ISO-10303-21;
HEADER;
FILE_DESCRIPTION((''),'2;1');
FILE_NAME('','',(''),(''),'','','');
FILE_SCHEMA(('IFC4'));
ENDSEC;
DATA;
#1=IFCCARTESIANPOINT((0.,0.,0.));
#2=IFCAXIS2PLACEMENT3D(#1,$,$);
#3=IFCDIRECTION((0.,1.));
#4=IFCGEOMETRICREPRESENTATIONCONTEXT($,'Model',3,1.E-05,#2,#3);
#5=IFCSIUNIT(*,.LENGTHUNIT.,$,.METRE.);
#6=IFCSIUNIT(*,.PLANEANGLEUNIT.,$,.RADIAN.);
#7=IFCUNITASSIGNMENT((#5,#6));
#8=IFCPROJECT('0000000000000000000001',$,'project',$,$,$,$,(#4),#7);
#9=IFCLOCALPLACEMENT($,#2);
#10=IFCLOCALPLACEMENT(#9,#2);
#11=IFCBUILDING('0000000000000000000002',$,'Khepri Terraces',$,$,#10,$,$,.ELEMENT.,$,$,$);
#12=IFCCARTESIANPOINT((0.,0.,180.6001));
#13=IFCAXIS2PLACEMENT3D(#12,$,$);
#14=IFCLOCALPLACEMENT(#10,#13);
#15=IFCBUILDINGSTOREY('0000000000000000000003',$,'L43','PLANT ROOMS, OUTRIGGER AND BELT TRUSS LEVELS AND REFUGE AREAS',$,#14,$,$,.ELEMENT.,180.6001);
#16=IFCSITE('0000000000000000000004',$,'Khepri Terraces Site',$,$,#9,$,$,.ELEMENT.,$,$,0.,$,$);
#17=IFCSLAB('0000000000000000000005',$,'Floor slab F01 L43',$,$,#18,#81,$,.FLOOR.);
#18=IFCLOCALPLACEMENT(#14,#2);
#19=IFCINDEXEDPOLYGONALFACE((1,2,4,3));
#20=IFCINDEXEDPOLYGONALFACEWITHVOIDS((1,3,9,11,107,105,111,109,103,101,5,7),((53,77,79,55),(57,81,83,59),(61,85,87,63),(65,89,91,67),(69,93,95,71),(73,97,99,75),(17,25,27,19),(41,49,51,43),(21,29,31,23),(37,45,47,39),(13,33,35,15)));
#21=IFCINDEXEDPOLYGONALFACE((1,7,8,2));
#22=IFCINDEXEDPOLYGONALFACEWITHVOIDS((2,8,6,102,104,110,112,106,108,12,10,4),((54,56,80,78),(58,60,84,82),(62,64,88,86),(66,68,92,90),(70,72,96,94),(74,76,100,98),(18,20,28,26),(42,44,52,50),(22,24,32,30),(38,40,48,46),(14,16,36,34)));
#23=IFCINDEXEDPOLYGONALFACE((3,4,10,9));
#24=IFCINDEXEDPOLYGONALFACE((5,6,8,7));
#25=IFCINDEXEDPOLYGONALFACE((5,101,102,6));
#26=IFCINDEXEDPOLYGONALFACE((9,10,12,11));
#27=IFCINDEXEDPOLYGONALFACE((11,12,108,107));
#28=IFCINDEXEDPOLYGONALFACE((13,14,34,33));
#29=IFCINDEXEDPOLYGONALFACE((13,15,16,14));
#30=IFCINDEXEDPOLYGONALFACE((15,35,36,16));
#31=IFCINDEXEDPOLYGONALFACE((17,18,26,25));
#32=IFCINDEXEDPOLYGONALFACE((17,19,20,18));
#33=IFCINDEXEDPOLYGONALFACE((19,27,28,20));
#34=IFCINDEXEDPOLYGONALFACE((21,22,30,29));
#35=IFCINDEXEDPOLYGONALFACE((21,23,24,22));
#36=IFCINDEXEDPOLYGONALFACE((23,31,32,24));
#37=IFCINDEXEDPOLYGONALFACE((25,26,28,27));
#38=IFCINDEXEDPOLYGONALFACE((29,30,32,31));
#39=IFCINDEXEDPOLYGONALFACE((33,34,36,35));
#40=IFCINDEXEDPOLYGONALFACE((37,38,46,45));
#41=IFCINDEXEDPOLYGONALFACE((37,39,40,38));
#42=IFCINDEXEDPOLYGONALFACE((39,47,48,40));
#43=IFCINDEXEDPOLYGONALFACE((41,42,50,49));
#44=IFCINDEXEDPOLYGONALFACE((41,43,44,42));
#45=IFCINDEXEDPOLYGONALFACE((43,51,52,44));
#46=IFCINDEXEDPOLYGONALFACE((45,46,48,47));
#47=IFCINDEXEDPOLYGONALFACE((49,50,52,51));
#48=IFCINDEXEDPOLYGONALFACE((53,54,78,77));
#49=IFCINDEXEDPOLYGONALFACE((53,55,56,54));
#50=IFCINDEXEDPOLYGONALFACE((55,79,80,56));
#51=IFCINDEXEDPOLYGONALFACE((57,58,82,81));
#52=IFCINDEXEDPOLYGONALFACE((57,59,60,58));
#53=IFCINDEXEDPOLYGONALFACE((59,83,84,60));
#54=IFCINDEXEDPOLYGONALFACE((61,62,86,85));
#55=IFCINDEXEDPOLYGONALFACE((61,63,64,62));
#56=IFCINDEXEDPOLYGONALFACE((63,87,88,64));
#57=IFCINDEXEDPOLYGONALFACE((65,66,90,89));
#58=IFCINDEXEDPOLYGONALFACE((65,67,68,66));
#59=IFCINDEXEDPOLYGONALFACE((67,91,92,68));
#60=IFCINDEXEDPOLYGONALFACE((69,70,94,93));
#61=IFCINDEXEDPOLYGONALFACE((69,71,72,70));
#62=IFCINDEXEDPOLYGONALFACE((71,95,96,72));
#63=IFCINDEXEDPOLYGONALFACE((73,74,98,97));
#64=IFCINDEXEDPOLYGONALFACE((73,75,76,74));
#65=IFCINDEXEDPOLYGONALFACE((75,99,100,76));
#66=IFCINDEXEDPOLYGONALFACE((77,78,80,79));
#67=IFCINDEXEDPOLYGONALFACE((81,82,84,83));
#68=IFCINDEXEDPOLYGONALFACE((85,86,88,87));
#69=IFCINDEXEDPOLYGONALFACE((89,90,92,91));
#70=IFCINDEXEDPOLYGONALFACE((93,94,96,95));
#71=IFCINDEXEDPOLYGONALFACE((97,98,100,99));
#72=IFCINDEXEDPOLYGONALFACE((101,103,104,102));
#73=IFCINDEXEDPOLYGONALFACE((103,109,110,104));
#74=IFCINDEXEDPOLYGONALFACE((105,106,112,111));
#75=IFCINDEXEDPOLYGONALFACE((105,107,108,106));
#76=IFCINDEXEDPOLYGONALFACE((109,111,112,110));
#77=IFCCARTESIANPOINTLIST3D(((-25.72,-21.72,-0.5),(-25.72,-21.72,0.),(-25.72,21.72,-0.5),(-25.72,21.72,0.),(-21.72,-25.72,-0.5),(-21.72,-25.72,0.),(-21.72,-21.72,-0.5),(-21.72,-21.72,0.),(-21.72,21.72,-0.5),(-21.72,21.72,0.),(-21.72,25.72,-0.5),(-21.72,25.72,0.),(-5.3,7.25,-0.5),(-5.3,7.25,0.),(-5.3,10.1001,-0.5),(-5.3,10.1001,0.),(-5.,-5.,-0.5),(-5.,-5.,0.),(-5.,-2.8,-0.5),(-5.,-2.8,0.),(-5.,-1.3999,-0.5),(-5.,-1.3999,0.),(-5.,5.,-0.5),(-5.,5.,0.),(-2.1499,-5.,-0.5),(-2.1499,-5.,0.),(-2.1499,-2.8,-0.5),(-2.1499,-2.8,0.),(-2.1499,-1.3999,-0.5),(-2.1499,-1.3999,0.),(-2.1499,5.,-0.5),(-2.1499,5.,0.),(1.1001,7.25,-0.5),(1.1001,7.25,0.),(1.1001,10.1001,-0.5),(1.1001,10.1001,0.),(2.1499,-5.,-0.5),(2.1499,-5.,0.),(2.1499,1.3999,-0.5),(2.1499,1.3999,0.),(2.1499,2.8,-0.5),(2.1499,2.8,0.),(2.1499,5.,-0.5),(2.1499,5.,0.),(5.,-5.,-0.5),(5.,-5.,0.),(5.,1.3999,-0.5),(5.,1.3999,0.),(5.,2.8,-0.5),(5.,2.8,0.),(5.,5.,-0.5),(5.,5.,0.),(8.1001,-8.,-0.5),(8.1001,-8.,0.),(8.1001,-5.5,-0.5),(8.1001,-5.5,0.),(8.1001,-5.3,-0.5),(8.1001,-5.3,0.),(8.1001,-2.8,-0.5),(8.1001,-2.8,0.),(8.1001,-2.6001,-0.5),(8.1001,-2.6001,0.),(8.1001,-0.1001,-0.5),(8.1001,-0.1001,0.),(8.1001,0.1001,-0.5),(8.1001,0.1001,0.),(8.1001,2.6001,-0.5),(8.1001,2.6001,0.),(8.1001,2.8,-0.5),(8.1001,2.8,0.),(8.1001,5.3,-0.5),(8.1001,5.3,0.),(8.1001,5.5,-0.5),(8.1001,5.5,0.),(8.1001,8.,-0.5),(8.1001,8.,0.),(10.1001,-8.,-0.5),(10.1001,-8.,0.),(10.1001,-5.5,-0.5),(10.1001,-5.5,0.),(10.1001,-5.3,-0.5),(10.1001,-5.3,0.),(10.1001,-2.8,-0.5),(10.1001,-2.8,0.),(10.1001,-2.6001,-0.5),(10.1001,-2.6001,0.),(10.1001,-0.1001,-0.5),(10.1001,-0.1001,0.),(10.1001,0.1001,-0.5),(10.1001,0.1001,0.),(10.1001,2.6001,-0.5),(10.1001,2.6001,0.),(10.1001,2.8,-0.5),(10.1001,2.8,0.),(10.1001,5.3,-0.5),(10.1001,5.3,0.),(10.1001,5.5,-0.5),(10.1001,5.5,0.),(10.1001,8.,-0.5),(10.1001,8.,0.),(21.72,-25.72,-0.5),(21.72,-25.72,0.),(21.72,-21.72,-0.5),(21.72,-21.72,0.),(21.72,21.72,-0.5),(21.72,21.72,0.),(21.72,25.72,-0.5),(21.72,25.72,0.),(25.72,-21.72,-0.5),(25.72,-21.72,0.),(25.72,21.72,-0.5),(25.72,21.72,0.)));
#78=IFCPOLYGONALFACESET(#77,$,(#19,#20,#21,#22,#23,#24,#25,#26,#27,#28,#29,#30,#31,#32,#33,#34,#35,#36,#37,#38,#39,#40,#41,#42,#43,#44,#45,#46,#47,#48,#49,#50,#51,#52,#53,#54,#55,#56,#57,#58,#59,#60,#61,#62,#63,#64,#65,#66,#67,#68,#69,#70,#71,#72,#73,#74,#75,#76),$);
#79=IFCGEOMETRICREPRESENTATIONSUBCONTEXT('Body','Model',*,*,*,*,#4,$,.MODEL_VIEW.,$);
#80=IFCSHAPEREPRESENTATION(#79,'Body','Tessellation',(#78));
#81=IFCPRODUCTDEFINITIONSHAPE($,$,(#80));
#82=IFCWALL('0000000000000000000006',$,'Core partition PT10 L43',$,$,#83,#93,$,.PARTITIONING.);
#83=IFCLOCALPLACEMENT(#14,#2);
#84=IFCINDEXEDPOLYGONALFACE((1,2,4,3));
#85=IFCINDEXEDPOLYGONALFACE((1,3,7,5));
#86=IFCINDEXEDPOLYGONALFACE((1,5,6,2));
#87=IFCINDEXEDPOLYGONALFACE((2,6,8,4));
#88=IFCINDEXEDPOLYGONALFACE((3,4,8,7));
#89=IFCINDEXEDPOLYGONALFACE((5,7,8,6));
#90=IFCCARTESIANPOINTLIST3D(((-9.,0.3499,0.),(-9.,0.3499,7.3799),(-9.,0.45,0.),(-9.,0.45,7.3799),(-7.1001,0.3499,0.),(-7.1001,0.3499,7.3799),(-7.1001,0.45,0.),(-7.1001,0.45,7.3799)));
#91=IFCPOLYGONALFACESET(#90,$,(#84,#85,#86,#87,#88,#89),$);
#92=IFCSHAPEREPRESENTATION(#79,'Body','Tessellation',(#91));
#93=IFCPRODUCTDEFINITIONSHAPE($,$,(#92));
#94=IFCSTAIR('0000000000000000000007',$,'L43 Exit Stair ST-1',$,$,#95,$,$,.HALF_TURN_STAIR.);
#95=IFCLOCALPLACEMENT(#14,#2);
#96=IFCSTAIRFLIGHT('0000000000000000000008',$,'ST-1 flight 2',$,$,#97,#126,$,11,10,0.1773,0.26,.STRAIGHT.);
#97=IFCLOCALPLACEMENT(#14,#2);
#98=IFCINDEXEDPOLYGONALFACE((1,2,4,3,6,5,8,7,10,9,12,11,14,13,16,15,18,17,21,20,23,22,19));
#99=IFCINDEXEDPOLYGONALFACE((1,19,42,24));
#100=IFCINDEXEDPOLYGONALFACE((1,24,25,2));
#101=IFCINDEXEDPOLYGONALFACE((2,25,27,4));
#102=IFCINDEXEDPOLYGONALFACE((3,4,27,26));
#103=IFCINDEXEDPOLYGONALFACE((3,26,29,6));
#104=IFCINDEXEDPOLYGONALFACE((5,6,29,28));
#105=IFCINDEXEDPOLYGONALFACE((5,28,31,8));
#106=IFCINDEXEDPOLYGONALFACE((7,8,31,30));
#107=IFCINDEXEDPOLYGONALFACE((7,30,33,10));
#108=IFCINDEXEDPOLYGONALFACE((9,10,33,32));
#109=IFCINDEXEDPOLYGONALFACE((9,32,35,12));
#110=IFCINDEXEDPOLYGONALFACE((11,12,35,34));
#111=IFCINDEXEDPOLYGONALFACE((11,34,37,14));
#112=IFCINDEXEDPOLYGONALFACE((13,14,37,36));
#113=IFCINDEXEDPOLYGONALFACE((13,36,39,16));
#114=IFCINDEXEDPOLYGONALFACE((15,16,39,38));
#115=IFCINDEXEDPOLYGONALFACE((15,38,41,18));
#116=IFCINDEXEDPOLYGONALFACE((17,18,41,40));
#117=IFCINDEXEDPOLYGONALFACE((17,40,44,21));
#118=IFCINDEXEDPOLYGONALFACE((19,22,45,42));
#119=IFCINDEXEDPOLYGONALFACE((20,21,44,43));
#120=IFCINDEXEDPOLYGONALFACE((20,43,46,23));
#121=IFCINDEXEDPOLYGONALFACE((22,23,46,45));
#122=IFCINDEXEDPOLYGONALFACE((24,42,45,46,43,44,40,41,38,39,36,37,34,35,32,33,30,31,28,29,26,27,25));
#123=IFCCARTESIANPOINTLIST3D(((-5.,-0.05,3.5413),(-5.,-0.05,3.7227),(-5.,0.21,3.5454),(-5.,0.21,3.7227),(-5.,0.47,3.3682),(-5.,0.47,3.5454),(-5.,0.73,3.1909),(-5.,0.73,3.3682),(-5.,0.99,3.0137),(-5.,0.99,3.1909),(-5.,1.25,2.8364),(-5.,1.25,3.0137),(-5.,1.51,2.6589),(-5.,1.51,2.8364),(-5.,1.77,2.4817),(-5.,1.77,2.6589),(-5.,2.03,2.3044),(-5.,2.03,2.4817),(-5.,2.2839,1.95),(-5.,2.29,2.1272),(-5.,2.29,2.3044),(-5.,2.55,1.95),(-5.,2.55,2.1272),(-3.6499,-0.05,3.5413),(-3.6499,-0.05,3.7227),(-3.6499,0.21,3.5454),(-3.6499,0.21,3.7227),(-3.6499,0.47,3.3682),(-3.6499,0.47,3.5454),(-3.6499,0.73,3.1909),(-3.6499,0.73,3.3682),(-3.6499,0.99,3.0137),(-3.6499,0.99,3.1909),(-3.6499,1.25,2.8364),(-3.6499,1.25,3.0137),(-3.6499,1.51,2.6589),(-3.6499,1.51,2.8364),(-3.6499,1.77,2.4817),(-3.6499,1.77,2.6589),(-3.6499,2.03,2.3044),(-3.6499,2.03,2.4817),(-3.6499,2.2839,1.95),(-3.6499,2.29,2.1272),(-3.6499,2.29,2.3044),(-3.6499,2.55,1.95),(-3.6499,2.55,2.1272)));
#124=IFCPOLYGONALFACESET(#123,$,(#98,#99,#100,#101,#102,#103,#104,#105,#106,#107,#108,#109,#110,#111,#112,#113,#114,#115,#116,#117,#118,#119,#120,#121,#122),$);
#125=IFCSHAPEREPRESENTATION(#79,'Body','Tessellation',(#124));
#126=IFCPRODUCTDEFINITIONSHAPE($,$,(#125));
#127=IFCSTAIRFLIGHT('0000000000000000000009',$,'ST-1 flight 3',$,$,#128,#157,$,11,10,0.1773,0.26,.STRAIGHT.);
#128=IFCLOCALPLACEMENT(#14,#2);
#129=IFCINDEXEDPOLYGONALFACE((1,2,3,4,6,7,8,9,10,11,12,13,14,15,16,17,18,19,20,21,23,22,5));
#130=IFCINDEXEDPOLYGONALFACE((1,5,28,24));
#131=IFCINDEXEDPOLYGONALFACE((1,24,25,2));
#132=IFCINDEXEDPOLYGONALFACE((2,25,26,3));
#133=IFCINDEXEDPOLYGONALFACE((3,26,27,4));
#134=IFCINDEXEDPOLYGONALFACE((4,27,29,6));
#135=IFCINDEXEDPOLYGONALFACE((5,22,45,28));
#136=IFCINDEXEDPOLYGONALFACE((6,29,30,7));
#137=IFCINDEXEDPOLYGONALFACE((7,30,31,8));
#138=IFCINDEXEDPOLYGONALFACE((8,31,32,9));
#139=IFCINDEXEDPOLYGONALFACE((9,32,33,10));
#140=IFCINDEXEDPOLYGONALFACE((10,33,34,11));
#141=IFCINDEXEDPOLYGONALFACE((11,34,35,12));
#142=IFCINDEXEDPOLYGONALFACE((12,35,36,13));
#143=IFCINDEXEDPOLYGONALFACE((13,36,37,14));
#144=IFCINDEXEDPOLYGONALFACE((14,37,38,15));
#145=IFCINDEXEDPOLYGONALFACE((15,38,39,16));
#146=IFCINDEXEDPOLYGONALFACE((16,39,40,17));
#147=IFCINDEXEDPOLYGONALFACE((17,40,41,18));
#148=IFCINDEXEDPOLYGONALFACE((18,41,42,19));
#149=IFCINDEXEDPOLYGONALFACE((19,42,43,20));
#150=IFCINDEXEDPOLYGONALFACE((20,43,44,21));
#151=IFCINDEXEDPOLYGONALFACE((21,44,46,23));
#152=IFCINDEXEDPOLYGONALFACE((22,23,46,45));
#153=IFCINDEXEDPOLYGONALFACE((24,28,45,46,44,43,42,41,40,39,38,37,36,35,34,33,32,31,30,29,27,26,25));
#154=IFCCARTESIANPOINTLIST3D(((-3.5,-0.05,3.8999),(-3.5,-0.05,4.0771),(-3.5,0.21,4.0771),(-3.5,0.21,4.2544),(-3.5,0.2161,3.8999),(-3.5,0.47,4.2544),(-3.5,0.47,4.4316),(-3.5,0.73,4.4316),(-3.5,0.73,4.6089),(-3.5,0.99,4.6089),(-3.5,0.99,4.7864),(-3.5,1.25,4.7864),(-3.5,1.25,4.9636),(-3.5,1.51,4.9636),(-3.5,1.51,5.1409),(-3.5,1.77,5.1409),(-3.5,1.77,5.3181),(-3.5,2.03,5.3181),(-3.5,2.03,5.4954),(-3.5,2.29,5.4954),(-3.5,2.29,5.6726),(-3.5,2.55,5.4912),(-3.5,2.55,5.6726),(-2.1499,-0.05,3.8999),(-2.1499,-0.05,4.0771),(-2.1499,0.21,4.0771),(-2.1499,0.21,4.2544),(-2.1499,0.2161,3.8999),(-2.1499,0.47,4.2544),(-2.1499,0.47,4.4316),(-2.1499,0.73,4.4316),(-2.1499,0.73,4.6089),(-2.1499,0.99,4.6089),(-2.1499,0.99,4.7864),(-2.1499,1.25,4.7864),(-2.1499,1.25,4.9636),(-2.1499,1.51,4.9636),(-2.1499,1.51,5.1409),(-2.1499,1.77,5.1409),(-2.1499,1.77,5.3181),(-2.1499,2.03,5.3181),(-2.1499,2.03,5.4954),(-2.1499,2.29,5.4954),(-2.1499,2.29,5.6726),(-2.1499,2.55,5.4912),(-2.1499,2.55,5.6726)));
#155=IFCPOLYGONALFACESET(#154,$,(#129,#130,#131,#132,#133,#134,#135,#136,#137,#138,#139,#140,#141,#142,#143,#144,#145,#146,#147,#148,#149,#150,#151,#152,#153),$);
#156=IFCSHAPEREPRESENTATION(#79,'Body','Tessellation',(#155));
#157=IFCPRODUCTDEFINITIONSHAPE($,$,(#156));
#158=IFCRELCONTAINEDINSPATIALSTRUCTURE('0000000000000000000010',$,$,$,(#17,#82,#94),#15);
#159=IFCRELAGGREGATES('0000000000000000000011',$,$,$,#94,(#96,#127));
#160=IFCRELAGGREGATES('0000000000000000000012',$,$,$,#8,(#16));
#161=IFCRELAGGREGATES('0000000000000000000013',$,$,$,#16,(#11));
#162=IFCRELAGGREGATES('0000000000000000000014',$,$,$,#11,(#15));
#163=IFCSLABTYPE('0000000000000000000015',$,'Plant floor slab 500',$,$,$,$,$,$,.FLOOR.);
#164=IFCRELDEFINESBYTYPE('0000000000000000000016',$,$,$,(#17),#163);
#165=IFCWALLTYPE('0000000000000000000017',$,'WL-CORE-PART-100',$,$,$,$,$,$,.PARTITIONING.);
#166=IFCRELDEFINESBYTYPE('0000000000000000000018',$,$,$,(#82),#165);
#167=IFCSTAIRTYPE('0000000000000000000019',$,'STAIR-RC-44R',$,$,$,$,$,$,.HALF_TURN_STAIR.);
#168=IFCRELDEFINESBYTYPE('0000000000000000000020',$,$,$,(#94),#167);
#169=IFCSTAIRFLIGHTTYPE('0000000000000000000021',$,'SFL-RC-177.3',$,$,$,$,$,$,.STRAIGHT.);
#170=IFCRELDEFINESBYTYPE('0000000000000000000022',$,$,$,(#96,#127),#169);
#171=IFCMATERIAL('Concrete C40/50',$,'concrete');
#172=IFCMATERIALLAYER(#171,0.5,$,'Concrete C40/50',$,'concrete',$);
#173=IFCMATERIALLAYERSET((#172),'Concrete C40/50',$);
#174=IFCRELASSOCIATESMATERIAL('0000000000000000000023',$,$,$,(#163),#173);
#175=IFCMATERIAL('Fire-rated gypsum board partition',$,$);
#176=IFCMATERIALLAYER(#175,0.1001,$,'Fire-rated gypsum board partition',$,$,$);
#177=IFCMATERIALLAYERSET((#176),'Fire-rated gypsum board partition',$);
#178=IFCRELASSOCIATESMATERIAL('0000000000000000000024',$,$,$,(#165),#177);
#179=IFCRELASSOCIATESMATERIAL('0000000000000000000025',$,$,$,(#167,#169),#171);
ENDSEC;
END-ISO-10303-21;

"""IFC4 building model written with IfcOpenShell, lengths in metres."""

from ifc_helpers import new_model, si_unit, direction, frame, frame_2d, origin, place, context, subcontext, project, spatial, polyline, rectangle, outline, extrude, material, layer, layer_set, type_object, element, aggregate, save


model = new_model("IFC4")

# Units and contexts
model_context = context("Model", 3, precision=1e-05, world=origin(), true_north=direction((0.0, 1.0)))
body_context = subcontext(model_context, "Body", "Model", "MODEL_VIEW")
ifc_project = project(units=[si_unit("LENGTHUNIT", "METRE"), si_unit("PLANEANGLEUNIT", "RADIAN")], contexts=[model_context])

# Site, building, storey
site_placement = place(None, origin())
site = spatial("IfcSite", under=ifc_project, at=site_placement, Name="Khepri Terraces Site", CompositionType="ELEMENT", RefElevation=0.0)
building_placement = place(site_placement, origin())
building = spatial("IfcBuilding", under=site, at=building_placement, Name="Khepri Terraces", CompositionType="ELEMENT")
storey_placement = place(building_placement, frame((0.0, 0.0, 180.6001)))
storey = spatial("IfcBuildingStorey", under=building, at=storey_placement, Name="L43", Description="PLANT ROOMS, OUTRIGGER AND BELT TRUSS LEVELS AND REFUGE AREAS", CompositionType="ELEMENT", Elevation=180.6001)

# Slab
ifc_material_1 = material(Name="Concrete C40/50", Category="concrete")
ifc_layer_1 = layer(ifc_material_1, 0.5, Name="Concrete C40/50", Category="concrete")
ifc_layer_set_1 = layer_set([ifc_layer_1], Name="Concrete C40/50")
slab_type = type_object("IfcSlabType", Name="Plant floor slab 500", PredefinedType="FLOOR", material=ifc_layer_set_1)
slab_placement = place(storey_placement, frame((0.0, 0.0, -0.5)))
element("IfcSlab", 1, at=slab_placement, inside=storey, type_object=slab_type, Name="Floor slab F01 L43", PredefinedType="FLOOR", context=body_context, shape_type="SweptSolid", body=[
    extrude(outline(polyline([(25.72, 21.72), (25.72, -21.72), (21.72, -21.72), (21.72, -25.72), (-21.72, -25.72), (-21.72, -21.72), (-25.72, -21.72), (-25.72, 21.72), (-21.72, 21.72), (-21.72, 25.72), (21.72, 25.72), (21.72, 21.72), (25.72, 21.72)]), holes=[polyline([(2.1499, 2.8), (5.0, 2.8), (5.0, 5.0), (2.1499, 5.0), (2.1499, 2.8)]), polyline([(-5.0, -2.8), (-5.0, -5.0), (-2.1499, -5.0), (-2.1499, -2.8), (-5.0, -2.8)]), polyline([(10.1001, -5.5), (8.1001, -5.5), (8.1001, -8.0), (10.1001, -8.0), (10.1001, -5.5)]), polyline([(10.1001, -5.3), (10.1001, -2.8), (8.1001, -2.8), (8.1001, -5.3), (10.1001, -5.3)]), polyline([(8.1001, -2.6001), (10.1001, -2.6001), (10.1001, -0.1001), (8.1001, -0.1001), (8.1001, -2.6001)]), polyline([(8.1001, 2.6001), (8.1001, 0.1001), (10.1001, 0.1001), (10.1001, 2.6001), (8.1001, 2.6001)]), polyline([(10.1001, 5.3), (8.1001, 5.3), (8.1001, 2.8), (10.1001, 2.8), (10.1001, 5.3)]), polyline([(10.1001, 5.5), (10.1001, 8.0), (8.1001, 8.0), (8.1001, 5.5), (10.1001, 5.5)]), polyline([(-5.0, -1.3999), (-2.1499, -1.3999), (-2.1499, 5.0), (-5.0, 5.0), (-5.0, -1.3999)]), polyline([(5.0, -5.0), (5.0, 1.3999), (2.1499, 1.3999), (2.1499, -5.0), (5.0, -5.0)]), polyline([(-5.3, 10.1001), (-5.3, 7.25), (1.1001, 7.25), (1.1001, 10.1001), (-5.3, 10.1001)])]), origin(), (0.0, 0.0, 1.0), 0.5),
])

# Wall
ifc_material_2 = material(Name="Fire-rated gypsum board partition")
ifc_layer_2 = layer(ifc_material_2, 0.1001, Name="Fire-rated gypsum board partition")
ifc_layer_set_2 = layer_set([ifc_layer_2], Name="Fire-rated gypsum board partition")
wall_type = type_object("IfcWallType", Name="WL-CORE-PART-100", PredefinedType="PARTITIONING", material=ifc_layer_set_2)
wall_placement = place(storey_placement, frame((-9.0, 0.3999, 0.0), z_axis=(0.0, 0.0, 1.0), x_axis=(1.0, 0.0, 0.0)))
element("IfcWall", 2, at=wall_placement, inside=storey, type_object=wall_type, Name="Core partition PT10 L43", PredefinedType="PARTITIONING", context=body_context, shape_type="SweptSolid", body=[
    extrude(rectangle(XDim=1.8999, YDim=0.1001, at=frame_2d((0.95, 0.0))), origin(), (0.0, 0.0, 1.0), 7.3799),
])

# Stair, stair flights
stair_type = type_object("IfcStairType", Name="STAIR-RC-44R", PredefinedType="HALF_TURN_STAIR", material=ifc_material_1)
stair_placement = place(storey_placement, origin())
stair = element("IfcStair", 3, at=stair_placement, inside=storey, type_object=stair_type, Name="L43 Exit Stair ST-1", PredefinedType="HALF_TURN_STAIR")
stair_flight_type = type_object("IfcStairFlightType", Name="SFL-RC-177.3", PredefinedType="STRAIGHT", material=ifc_material_1)
stair_flight_1_placement = place(storey_placement, frame((-4.325, 2.55, 1.95), z_axis=(0.0, 0.0, 1.0), x_axis=(0.0, -1.0, 0.0)))
stair_flight_1 = element("IfcStairFlight", 4, at=stair_flight_1_placement, type_object=stair_flight_type, Name="ST-1 flight 2", NumberOfRisers=11, NumberOfTreads=10, PredefinedType="STRAIGHT", RiserHeight=0.1773, TreadLength=0.26, context=body_context, shape_type="SweptSolid", body=[
    extrude(outline(polyline([(0.0, 0.0), (0.0, 0.1772), (0.26, 0.1772), (0.26, 0.3545), (0.52, 0.3545), (0.52, 0.5317), (0.78, 0.5317), (0.78, 0.709), (1.04, 0.709), (1.04, 0.8865), (1.3, 0.8865), (1.3, 1.0637), (1.5601, 1.0637), (1.5601, 1.241), (1.8201, 1.241), (1.8201, 1.4182), (2.0801, 1.4182), (2.0801, 1.5955), (2.3401, 1.5955), (2.3401, 1.7727), (2.6001, 1.7727), (2.6001, 1.95), (2.6001, 1.5913), (0.2661, 0.0), (0.0, 0.0)])), frame((0.0, 0.675, 0.0), z_axis=(0.0, -1.0, 0.0), x_axis=(1.0, 0.0, 0.0)), (0.0, 0.0, 1.0), 1.3501),
])
stair_flight_2_placement = place(storey_placement, frame((-2.825, -0.05, 3.8999), z_axis=(0.0, 0.0, 1.0), x_axis=(0.0, 1.0, 0.0)))
stair_flight_2 = element("IfcStairFlight", 5, at=stair_flight_2_placement, type_object=stair_flight_type, Name="ST-1 flight 3", NumberOfRisers=11, NumberOfTreads=10, PredefinedType="STRAIGHT", RiserHeight=0.1773, TreadLength=0.26, context=body_context, shape_type="SweptSolid", body=[
    extrude(outline(polyline([(0.0, 0.0), (0.0, 0.1772), (0.26, 0.1772), (0.26, 0.3545), (0.52, 0.3545), (0.52, 0.5317), (0.78, 0.5317), (0.78, 0.709), (1.04, 0.709), (1.04, 0.8865), (1.3, 0.8865), (1.3, 1.0637), (1.5601, 1.0637), (1.5601, 1.241), (1.8201, 1.241), (1.8201, 1.4182), (2.0801, 1.4182), (2.0801, 1.5955), (2.3401, 1.5955), (2.3401, 1.7727), (2.6001, 1.7727), (2.6001, 1.95), (2.6001, 1.5913), (0.2661, 0.0), (0.0, 0.0)])), frame((0.0, 0.675, 0.0), z_axis=(0.0, -1.0, 0.0), x_axis=(1.0, 0.0, 0.0)), (0.0, 0.0, 1.0), 1.3501),
])
aggregate(stair, [stair_flight_1, stair_flight_2])

save(model, "model.ifc")
